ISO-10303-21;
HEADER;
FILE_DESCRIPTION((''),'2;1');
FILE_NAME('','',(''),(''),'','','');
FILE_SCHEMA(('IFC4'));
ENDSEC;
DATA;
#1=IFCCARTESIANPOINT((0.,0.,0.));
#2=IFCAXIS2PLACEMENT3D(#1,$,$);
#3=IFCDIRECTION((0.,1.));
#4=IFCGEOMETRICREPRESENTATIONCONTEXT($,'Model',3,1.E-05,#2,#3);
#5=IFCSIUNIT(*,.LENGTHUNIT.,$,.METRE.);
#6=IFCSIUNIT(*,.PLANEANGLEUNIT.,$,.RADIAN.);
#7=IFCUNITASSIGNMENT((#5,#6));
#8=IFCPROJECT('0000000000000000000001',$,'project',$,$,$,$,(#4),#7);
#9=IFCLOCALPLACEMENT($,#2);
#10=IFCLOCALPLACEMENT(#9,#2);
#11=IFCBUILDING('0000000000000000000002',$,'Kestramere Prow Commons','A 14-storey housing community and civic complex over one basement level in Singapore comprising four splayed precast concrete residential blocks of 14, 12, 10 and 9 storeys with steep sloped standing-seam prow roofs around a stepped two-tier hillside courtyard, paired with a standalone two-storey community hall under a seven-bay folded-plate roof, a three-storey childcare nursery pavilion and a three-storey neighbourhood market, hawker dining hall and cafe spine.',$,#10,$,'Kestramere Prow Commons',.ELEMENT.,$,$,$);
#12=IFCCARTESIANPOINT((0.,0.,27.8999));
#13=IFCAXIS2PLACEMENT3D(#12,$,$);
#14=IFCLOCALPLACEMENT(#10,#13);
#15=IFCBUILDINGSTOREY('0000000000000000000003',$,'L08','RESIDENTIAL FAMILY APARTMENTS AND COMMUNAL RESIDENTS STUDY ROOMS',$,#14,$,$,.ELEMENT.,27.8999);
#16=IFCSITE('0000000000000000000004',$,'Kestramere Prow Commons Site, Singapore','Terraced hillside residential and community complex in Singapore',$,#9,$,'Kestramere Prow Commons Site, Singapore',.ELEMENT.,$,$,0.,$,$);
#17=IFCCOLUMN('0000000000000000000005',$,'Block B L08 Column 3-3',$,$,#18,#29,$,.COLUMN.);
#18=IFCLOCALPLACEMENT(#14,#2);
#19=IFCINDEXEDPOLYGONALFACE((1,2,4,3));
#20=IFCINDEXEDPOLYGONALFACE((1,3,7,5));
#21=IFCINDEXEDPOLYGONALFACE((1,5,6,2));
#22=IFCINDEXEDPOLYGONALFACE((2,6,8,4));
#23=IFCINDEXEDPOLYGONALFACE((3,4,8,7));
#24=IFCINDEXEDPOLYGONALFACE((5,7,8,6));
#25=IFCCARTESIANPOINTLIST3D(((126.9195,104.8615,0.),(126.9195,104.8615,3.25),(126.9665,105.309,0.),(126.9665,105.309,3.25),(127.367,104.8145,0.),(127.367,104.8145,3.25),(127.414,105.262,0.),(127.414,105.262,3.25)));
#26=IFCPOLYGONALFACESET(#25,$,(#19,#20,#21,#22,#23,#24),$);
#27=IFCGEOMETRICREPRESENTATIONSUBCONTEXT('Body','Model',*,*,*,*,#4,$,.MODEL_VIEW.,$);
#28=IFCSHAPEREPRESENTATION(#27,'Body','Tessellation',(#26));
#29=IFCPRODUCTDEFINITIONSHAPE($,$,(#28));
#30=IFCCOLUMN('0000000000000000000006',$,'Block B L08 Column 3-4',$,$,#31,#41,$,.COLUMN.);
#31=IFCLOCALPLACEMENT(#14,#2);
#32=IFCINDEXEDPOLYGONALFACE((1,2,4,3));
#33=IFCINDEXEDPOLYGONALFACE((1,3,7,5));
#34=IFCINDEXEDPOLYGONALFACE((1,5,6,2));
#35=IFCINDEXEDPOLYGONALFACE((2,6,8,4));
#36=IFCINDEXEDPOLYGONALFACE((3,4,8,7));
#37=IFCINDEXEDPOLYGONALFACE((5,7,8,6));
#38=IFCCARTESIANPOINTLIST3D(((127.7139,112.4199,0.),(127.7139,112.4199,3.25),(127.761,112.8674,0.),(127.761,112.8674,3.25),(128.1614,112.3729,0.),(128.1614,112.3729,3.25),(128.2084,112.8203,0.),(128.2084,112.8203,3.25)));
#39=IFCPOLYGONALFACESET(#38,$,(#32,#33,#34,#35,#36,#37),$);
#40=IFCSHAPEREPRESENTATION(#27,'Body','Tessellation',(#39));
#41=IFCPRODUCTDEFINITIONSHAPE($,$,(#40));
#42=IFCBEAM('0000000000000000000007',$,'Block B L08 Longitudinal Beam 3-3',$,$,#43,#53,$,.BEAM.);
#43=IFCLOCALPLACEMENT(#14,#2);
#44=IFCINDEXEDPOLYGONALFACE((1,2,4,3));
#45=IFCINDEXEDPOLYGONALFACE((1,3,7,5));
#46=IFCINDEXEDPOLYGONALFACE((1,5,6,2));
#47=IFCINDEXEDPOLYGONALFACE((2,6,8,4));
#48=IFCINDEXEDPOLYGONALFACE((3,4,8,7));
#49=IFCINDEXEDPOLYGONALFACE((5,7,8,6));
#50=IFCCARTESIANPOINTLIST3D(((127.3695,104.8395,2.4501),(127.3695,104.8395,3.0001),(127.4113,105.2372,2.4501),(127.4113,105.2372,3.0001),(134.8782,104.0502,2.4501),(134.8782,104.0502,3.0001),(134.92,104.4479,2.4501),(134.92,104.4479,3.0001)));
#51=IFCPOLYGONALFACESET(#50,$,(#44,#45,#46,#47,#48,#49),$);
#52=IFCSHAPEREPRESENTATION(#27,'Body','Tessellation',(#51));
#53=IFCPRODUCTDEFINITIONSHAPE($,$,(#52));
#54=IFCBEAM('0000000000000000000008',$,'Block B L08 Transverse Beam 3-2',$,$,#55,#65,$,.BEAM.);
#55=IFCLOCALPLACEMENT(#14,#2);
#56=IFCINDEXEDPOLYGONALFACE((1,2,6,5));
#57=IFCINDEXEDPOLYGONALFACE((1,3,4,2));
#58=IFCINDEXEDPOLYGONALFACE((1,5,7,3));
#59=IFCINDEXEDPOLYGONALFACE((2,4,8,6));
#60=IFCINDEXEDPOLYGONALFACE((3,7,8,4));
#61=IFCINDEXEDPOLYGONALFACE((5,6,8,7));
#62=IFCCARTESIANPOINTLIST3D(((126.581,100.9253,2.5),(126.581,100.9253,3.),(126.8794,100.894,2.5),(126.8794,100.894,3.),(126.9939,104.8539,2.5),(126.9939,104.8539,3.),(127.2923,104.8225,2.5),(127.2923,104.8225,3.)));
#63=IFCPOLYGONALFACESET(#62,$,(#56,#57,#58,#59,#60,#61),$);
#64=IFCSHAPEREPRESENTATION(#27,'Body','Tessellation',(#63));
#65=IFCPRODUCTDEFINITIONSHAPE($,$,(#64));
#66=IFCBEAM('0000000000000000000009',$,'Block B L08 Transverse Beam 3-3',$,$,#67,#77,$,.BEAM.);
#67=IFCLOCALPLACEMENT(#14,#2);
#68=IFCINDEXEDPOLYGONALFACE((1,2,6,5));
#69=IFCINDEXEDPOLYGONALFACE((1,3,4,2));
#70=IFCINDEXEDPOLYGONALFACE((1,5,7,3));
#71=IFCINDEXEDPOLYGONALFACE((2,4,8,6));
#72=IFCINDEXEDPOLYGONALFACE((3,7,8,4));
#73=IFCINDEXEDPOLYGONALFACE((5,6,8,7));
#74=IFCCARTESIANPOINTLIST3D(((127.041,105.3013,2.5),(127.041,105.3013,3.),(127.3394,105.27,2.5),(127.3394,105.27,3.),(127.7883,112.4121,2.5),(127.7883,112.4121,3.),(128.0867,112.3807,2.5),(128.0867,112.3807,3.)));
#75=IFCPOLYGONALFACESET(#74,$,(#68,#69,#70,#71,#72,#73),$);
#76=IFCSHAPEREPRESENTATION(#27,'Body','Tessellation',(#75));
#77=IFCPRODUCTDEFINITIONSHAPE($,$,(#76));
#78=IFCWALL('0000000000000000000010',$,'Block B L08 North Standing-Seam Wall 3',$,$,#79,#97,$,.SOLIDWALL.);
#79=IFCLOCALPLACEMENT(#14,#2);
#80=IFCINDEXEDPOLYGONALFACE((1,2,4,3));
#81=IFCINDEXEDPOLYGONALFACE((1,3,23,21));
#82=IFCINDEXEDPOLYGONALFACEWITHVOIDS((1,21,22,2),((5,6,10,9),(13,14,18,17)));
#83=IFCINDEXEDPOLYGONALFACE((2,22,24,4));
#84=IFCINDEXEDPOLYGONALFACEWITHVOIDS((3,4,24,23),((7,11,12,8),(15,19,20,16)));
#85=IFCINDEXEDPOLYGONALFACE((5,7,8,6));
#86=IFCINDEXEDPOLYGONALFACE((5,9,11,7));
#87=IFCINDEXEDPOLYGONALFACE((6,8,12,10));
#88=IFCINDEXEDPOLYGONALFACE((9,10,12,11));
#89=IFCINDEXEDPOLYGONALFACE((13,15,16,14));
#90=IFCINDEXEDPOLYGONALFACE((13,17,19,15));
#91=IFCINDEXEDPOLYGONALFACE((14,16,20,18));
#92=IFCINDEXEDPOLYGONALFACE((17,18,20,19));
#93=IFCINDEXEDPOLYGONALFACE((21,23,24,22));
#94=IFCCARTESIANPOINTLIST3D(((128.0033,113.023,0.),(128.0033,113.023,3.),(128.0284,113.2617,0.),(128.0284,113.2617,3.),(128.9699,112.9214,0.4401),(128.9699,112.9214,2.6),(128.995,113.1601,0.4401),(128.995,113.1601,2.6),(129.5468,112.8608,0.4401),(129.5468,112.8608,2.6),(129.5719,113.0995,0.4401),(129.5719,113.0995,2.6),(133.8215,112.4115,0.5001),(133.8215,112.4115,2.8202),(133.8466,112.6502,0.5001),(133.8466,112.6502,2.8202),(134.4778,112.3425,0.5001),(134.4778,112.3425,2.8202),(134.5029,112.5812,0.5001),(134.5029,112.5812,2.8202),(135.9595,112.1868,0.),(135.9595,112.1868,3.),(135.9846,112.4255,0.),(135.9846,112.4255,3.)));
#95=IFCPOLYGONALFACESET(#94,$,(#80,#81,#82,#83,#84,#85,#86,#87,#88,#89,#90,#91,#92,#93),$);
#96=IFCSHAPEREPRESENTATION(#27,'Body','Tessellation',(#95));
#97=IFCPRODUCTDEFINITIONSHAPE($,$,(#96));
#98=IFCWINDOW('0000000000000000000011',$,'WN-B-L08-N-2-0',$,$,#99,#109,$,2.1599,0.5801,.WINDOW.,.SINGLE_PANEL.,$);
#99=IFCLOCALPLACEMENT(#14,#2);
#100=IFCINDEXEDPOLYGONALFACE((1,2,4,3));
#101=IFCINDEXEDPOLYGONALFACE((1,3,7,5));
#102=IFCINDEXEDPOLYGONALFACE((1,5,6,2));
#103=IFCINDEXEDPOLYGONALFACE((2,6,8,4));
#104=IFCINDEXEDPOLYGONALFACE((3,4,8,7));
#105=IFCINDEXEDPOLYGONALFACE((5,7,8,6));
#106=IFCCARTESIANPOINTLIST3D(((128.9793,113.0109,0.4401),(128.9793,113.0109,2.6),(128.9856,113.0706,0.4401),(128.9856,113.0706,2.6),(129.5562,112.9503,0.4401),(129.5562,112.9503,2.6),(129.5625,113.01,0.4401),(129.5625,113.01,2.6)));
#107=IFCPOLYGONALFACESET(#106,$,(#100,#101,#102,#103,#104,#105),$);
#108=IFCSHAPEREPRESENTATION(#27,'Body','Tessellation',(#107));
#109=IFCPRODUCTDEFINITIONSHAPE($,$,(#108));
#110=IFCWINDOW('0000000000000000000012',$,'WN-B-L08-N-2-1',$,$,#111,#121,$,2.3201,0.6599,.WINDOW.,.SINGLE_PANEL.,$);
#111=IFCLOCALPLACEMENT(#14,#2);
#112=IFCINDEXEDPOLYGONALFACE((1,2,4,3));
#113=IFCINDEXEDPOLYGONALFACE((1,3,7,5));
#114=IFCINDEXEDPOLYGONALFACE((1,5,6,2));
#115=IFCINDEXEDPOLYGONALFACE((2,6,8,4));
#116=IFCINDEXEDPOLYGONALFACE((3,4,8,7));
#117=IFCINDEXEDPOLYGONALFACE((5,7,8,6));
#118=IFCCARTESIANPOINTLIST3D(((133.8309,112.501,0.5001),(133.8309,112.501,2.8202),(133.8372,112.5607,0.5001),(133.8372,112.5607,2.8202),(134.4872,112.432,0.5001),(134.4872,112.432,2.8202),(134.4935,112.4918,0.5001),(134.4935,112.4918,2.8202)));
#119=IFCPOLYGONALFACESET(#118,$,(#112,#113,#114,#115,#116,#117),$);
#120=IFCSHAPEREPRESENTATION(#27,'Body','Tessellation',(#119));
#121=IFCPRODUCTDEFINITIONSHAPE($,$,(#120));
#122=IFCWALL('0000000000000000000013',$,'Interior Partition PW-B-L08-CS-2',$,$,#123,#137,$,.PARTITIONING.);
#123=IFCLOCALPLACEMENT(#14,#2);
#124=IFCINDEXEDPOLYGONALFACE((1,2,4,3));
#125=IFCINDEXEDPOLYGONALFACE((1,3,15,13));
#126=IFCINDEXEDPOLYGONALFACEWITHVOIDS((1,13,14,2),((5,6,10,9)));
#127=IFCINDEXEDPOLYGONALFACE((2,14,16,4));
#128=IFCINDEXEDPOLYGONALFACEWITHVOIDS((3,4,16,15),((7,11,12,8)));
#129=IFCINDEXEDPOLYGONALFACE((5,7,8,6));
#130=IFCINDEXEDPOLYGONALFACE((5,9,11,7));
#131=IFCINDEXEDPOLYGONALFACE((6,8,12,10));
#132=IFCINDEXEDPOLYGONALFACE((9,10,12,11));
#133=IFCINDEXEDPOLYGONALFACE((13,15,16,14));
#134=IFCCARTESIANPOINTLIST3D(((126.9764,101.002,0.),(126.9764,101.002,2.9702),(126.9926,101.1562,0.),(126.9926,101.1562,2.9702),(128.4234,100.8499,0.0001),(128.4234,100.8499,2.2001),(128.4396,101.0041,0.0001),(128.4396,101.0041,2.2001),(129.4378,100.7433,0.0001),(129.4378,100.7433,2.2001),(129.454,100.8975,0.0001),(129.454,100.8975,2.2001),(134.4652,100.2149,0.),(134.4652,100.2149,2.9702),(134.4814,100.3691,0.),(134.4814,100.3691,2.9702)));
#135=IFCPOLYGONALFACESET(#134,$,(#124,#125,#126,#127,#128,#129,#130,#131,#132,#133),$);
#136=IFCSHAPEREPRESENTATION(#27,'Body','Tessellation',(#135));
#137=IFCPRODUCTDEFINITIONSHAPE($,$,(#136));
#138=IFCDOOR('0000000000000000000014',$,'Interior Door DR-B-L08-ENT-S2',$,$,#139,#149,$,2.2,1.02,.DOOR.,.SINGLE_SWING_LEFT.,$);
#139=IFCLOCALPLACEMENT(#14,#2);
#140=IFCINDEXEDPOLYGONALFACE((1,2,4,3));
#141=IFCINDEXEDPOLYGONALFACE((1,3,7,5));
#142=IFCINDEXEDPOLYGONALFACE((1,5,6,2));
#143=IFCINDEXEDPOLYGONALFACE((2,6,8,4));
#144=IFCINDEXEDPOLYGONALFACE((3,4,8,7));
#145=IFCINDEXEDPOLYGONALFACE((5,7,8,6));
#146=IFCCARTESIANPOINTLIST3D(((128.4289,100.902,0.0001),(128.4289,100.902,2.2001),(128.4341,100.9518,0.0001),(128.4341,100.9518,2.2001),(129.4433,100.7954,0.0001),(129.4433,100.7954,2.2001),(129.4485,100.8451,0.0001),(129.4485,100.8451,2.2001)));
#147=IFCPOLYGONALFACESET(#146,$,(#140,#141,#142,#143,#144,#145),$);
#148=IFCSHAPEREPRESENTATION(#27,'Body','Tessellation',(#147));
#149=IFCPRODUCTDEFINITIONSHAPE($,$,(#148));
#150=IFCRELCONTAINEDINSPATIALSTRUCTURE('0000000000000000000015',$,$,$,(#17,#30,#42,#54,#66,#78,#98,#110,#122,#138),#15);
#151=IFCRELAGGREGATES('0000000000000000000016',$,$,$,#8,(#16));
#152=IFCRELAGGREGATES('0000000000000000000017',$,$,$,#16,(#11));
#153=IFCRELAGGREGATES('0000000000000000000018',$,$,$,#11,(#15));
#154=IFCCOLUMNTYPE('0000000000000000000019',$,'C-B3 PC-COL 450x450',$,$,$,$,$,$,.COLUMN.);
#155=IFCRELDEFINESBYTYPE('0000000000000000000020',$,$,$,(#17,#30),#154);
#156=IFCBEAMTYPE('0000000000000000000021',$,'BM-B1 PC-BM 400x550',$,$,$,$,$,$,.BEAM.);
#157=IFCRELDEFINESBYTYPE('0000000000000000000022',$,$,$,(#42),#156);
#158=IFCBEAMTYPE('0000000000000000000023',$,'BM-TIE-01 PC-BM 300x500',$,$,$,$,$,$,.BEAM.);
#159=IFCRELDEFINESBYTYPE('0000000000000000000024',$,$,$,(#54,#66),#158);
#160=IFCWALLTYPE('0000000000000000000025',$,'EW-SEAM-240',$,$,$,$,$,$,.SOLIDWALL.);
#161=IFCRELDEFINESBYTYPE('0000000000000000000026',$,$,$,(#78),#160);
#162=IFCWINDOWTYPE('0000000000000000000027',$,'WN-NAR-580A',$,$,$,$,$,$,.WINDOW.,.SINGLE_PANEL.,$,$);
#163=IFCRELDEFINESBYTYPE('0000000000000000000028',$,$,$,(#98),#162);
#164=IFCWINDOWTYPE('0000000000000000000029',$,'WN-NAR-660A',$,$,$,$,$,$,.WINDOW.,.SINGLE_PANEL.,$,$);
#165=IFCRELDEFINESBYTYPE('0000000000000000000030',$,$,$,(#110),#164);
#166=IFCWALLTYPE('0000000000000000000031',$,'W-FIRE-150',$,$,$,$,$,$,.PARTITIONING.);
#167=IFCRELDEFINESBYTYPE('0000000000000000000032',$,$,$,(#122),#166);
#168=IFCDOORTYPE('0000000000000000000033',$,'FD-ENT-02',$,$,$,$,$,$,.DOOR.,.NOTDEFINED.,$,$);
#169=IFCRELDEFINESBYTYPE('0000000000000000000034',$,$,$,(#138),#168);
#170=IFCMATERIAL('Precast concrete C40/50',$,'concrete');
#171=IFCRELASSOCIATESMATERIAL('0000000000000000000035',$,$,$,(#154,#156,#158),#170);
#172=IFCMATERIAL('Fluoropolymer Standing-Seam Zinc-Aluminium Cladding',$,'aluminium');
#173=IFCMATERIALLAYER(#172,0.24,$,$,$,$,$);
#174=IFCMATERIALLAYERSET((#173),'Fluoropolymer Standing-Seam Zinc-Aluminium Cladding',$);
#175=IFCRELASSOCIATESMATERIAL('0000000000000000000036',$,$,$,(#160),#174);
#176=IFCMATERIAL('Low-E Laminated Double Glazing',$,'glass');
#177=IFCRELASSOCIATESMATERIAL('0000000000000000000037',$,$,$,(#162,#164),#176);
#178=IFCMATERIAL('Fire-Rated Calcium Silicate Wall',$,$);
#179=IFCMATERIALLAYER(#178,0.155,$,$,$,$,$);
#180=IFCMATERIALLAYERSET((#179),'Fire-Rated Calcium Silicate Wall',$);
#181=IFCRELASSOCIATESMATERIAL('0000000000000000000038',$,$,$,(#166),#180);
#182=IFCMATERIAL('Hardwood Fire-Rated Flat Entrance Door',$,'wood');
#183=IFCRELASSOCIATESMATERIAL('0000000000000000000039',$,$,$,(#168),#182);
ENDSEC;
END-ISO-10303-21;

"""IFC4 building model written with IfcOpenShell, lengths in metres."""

from ifc_helpers import new_model, si_unit, direction, frame, frame_2d, origin, origin_2d, place, context, subcontext, project, spatial, rectangle, extrude, material, layer, layer_set, material_profile, profile_set, type_object, element, fill, save


model = new_model("IFC4")

# Units and contexts
model_context = context("Model", 3, precision=1e-05, world=origin(), true_north=direction((0.0, 1.0)))
body_context = subcontext(model_context, "Body", "Model", "MODEL_VIEW")
ifc_project = project(units=[si_unit("LENGTHUNIT", "METRE"), si_unit("PLANEANGLEUNIT", "RADIAN")], contexts=[model_context])

# Site, building, storey
site_placement = place(None, origin())
site = spatial("IfcSite", under=ifc_project, at=site_placement, Name="Kestramere Prow Commons Site, Singapore", Description="Terraced hillside residential and community complex in Singapore", LongName="Kestramere Prow Commons Site, Singapore", CompositionType="ELEMENT", RefElevation=0.0)
building_placement = place(site_placement, origin())
building = spatial("IfcBuilding", under=site, at=building_placement, Name="Kestramere Prow Commons", Description="A 14-storey housing community and civic complex over one basement level in Singapore comprising four splayed precast concrete residential blocks of 14, 12, 10 and 9 storeys with steep sloped standing-seam prow roofs around a stepped two-tier hillside courtyard, paired with a standalone two-storey community hall under a seven-bay folded-plate roof, a three-storey childcare nursery pavilion and a three-storey neighbourhood market, hawker dining hall and cafe spine.", LongName="Kestramere Prow Commons", CompositionType="ELEMENT")
storey_placement = place(building_placement, frame((0.0, 0.0, 27.8999)))
storey = spatial("IfcBuildingStorey", under=building, at=storey_placement, Name="L08", Description="RESIDENTIAL FAMILY APARTMENTS AND COMMUNAL RESIDENTS STUDY ROOMS", CompositionType="ELEMENT", Elevation=27.8999)

# Columns
ifc_material_1 = material(Name="Precast concrete C40/50", Category="concrete")
ifc_material_profile_1 = material_profile(ifc_material_1, rectangle(XDim=0.45, YDim=0.45, at=origin_2d()), Name="PC-COL 450x450")
ifc_profile_set_1 = profile_set([ifc_material_profile_1], Name="Precast concrete C40/50")
column_type = type_object("IfcColumnType", Name="C-B3 PC-COL 450x450", PredefinedType="COLUMN", material=ifc_profile_set_1)
for number, where, z_axis, x_axis, name in (
    (1, (127.1667, 105.0618, 0.0), (0.0, 0.0, 1.0), (0.994522, -0.104528, 0.0), "Block B L08 Column 3-3"),
    (2, (127.9612, 112.6201, 0.0), (0.0, 0.0, 1.0), (0.994522, -0.104528, 0.0), "Block B L08 Column 3-4"),
):
    element("IfcColumn", number, at=place(storey_placement, frame(where, z_axis=z_axis, x_axis=x_axis)), inside=storey, type_object=column_type, Name=name, PredefinedType="COLUMN", context=body_context, shape_type="SweptSolid", body=[
        extrude(rectangle(XDim=0.45, YDim=0.45, at=origin_2d()), origin(), (0.0, 0.0, 1.0), 3.25),
    ])

# Beams
ifc_material_profile_2 = material_profile(ifc_material_1, rectangle(XDim=0.3999, YDim=0.55, at=origin_2d()), Name="PC-BM 400x550")
ifc_profile_set_2 = profile_set([ifc_material_profile_2], Name="Precast concrete C40/50")
beam_type_1 = type_object("IfcBeamType", Name="BM-B1 PC-BM 400x550", PredefinedType="BEAM", material=ifc_profile_set_2)
beam_1_placement = place(storey_placement, frame((127.3904, 105.0383, 2.7251), z_axis=(0.994521, -0.104542, 0.0), x_axis=(0.104542, 0.994521, 0.0)))
element("IfcBeam", 3, at=beam_1_placement, inside=storey, type_object=beam_type_1, Name="Block B L08 Longitudinal Beam 3-3", PredefinedType="BEAM", context=body_context, shape_type="SweptSolid", body=[
    extrude(rectangle(XDim=0.3999, YDim=0.55, at=origin_2d()), origin(), (0.0, 0.0, 1.0), 7.55),
])
ifc_material_profile_3 = material_profile(ifc_material_1, rectangle(XDim=0.3, YDim=0.5, at=origin_2d()), Name="PC-BM 300x500")
ifc_profile_set_3 = profile_set([ifc_material_profile_3], Name="Precast concrete C40/50")
beam_type_2 = type_object("IfcBeamType", Name="BM-TIE-01 PC-BM 300x500", PredefinedType="BEAM", material=ifc_profile_set_3)
beam_2_placement = place(storey_placement, frame((126.7302, 100.9097, 2.75), z_axis=(0.104514, 0.994523, 0.0), x_axis=(-0.994523, 0.104514, 0.0)))
element("IfcBeam", 4, at=beam_2_placement, inside=storey, type_object=beam_type_2, Name="Block B L08 Transverse Beam 3-2", PredefinedType="BEAM", context=body_context, shape_type="SweptSolid", body=[
    extrude(rectangle(XDim=0.3, YDim=0.5, at=origin_2d()), origin(), (0.0, 0.0, 1.0), 3.9502),
])
beam_3_placement = place(storey_placement, frame((127.1902, 105.2856, 2.75), z_axis=(0.104519, 0.994523, 0.0), x_axis=(-0.994523, 0.104519, 0.0)))
element("IfcBeam", 5, at=beam_3_placement, inside=storey, type_object=beam_type_2, Name="Block B L08 Transverse Beam 3-3", PredefinedType="BEAM", context=body_context, shape_type="SweptSolid", body=[
    extrude(rectangle(XDim=0.3, YDim=0.5, at=origin_2d()), origin(), (0.0, 0.0, 1.0), 7.1499),
])

# Wall, openings, windows
ifc_material_2 = material(Name="Fluoropolymer Standing-Seam Zinc-Aluminium Cladding", Category="aluminium")
ifc_layer_1 = layer(ifc_material_2, 0.24)
ifc_layer_set_1 = layer_set([ifc_layer_1], Name="Fluoropolymer Standing-Seam Zinc-Aluminium Cladding")
wall_type_1 = type_object("IfcWallType", Name="EW-SEAM-240", PredefinedType="SOLIDWALL", material=ifc_layer_set_1)
wall_1_placement = place(storey_placement, frame((128.0159, 113.1423, 0.0), z_axis=(0.0, 0.0, 1.0), x_axis=(0.994523, -0.104521, 0.0)))
wall_1 = element("IfcWall", 6, at=wall_1_placement, inside=storey, type_object=wall_type_1, Name="Block B L08 North Standing-Seam Wall 3", PredefinedType="SOLIDWALL", context=body_context, shape_type="SweptSolid", body=[
    extrude(rectangle(XDim=8.0, YDim=0.24, at=frame_2d((4.0, 0.0))), origin(), (0.0, 0.0, 1.0), 3.0),
])
opening_1_placement = place(wall_1_placement, frame((0.9719, 0.0, 0.4399)))
opening_1 = element("IfcOpeningElement", 7, at=opening_1_placement, cuts=wall_1, PredefinedType="OPENING", context=body_context, shape_type="SweptSolid", body=[
    extrude(rectangle(XDim=0.5801, YDim=2.1599, at=frame_2d((0.29, 1.0801))), frame((0.0, 0.135, 0.0), z_axis=(0.0, -1.0, 0.0), x_axis=(1.0, 0.0, 0.0)), (0.0, 0.0, 1.0), 0.27),
])
opening_2_placement = place(wall_1_placement, frame((5.8501, 0.0, 0.5)))
opening_2 = element("IfcOpeningElement", 8, at=opening_2_placement, cuts=wall_1, PredefinedType="OPENING", context=body_context, shape_type="SweptSolid", body=[
    extrude(rectangle(XDim=0.6599, YDim=2.3201, at=frame_2d((0.3301, 1.1602))), frame((0.0, 0.135, 0.0), z_axis=(0.0, -1.0, 0.0), x_axis=(1.0, 0.0, 0.0)), (0.0, 0.0, 1.0), 0.27),
])
ifc_material_3 = material(Name="Low-E Laminated Double Glazing", Category="glass")
window_type_1 = type_object("IfcWindowType", Name="WN-NAR-580A", PartitioningType="SINGLE_PANEL", PredefinedType="WINDOW", material=ifc_material_3)
window_1_placement = place(opening_1_placement, origin())
window_1 = element("IfcWindow", 9, at=window_1_placement, inside=storey, type_object=window_type_1, Name="WN-B-L08-N-2-0", OverallHeight=2.1599, OverallWidth=0.5801, PartitioningType="SINGLE_PANEL", PredefinedType="WINDOW", context=body_context, shape_type="SweptSolid", body=[
    extrude(rectangle(XDim=0.5801, YDim=2.1599, at=frame_2d((0.29, 1.0801))), frame((0.0, 0.03, 0.0), z_axis=(0.0, -1.0, 0.0), x_axis=(1.0, 0.0, 0.0)), (0.0, 0.0, 1.0), 0.0601),
])
fill(opening_1, window_1)
window_type_2 = type_object("IfcWindowType", Name="WN-NAR-660A", PartitioningType="SINGLE_PANEL", PredefinedType="WINDOW", material=ifc_material_3)
window_2_placement = place(opening_2_placement, origin())
window_2 = element("IfcWindow", 10, at=window_2_placement, inside=storey, type_object=window_type_2, Name="WN-B-L08-N-2-1", OverallHeight=2.3201, OverallWidth=0.6599, PartitioningType="SINGLE_PANEL", PredefinedType="WINDOW", context=body_context, shape_type="SweptSolid", body=[
    extrude(rectangle(XDim=0.6599, YDim=2.3201, at=frame_2d((0.3301, 1.1602))), frame((0.0, 0.03, 0.0), z_axis=(0.0, -1.0, 0.0), x_axis=(1.0, 0.0, 0.0)), (0.0, 0.0, 1.0), 0.0601),
])
fill(opening_2, window_2)

# Wall, opening, door
ifc_material_4 = material(Name="Fire-Rated Calcium Silicate Wall")
ifc_layer_2 = layer(ifc_material_4, 0.155)
ifc_layer_set_2 = layer_set([ifc_layer_2], Name="Fire-Rated Calcium Silicate Wall")
wall_type_2 = type_object("IfcWallType", Name="W-FIRE-150", PredefinedType="PARTITIONING", material=ifc_layer_set_2)
wall_2_placement = place(storey_placement, frame((126.9844, 101.0791, 0.0), z_axis=(0.0, 0.0, 1.0), x_axis=(0.994522, -0.10453, 0.0)))
wall_2 = element("IfcWall", 11, at=wall_2_placement, inside=storey, type_object=wall_type_2, Name="Interior Partition PW-B-L08-CS-2", PredefinedType="PARTITIONING", context=body_context, shape_type="SweptSolid", body=[
    extrude(rectangle(XDim=7.53, YDim=0.155, at=frame_2d((3.7651, 0.0))), origin(), (0.0, 0.0, 1.0), 2.9702),
])
opening_3_placement = place(wall_2_placement, frame((1.4551, 0.0, 0.0)))
opening_3 = element("IfcOpeningElement", 12, at=opening_3_placement, cuts=wall_2, PredefinedType="OPENING", context=body_context, shape_type="SweptSolid", body=[
    extrude(rectangle(XDim=1.02, YDim=2.2, at=frame_2d((0.51, 1.1001))), frame((0.0, 0.0925, 0.0), z_axis=(0.0, -1.0, 0.0), x_axis=(1.0, 0.0, 0.0)), (0.0, 0.0, 1.0), 0.1851),
])
ifc_material_5 = material(Name="Hardwood Fire-Rated Flat Entrance Door", Category="wood")
door_type_1 = type_object("IfcDoorType", Name="FD-ENT-02", OperationType="NOTDEFINED", PredefinedType="DOOR", material=ifc_material_5)
door_1_placement = place(opening_3_placement, origin())
door_1 = element("IfcDoor", 13, at=door_1_placement, inside=storey, type_object=door_type_1, Name="Interior Door DR-B-L08-ENT-S2", OperationType="SINGLE_SWING_LEFT", OverallHeight=2.2, OverallWidth=1.02, PredefinedType="DOOR", context=body_context, shape_type="SweptSolid", body=[
    extrude(rectangle(XDim=1.02, YDim=2.2, at=frame_2d((0.51, 1.1001))), frame((0.0, 0.0249, 0.0), z_axis=(0.0, -1.0, 0.0), x_axis=(1.0, 0.0, 0.0)), (0.0, 0.0, 1.0), 0.05),
])
fill(opening_3, door_1)

save(model, "model.ifc")
